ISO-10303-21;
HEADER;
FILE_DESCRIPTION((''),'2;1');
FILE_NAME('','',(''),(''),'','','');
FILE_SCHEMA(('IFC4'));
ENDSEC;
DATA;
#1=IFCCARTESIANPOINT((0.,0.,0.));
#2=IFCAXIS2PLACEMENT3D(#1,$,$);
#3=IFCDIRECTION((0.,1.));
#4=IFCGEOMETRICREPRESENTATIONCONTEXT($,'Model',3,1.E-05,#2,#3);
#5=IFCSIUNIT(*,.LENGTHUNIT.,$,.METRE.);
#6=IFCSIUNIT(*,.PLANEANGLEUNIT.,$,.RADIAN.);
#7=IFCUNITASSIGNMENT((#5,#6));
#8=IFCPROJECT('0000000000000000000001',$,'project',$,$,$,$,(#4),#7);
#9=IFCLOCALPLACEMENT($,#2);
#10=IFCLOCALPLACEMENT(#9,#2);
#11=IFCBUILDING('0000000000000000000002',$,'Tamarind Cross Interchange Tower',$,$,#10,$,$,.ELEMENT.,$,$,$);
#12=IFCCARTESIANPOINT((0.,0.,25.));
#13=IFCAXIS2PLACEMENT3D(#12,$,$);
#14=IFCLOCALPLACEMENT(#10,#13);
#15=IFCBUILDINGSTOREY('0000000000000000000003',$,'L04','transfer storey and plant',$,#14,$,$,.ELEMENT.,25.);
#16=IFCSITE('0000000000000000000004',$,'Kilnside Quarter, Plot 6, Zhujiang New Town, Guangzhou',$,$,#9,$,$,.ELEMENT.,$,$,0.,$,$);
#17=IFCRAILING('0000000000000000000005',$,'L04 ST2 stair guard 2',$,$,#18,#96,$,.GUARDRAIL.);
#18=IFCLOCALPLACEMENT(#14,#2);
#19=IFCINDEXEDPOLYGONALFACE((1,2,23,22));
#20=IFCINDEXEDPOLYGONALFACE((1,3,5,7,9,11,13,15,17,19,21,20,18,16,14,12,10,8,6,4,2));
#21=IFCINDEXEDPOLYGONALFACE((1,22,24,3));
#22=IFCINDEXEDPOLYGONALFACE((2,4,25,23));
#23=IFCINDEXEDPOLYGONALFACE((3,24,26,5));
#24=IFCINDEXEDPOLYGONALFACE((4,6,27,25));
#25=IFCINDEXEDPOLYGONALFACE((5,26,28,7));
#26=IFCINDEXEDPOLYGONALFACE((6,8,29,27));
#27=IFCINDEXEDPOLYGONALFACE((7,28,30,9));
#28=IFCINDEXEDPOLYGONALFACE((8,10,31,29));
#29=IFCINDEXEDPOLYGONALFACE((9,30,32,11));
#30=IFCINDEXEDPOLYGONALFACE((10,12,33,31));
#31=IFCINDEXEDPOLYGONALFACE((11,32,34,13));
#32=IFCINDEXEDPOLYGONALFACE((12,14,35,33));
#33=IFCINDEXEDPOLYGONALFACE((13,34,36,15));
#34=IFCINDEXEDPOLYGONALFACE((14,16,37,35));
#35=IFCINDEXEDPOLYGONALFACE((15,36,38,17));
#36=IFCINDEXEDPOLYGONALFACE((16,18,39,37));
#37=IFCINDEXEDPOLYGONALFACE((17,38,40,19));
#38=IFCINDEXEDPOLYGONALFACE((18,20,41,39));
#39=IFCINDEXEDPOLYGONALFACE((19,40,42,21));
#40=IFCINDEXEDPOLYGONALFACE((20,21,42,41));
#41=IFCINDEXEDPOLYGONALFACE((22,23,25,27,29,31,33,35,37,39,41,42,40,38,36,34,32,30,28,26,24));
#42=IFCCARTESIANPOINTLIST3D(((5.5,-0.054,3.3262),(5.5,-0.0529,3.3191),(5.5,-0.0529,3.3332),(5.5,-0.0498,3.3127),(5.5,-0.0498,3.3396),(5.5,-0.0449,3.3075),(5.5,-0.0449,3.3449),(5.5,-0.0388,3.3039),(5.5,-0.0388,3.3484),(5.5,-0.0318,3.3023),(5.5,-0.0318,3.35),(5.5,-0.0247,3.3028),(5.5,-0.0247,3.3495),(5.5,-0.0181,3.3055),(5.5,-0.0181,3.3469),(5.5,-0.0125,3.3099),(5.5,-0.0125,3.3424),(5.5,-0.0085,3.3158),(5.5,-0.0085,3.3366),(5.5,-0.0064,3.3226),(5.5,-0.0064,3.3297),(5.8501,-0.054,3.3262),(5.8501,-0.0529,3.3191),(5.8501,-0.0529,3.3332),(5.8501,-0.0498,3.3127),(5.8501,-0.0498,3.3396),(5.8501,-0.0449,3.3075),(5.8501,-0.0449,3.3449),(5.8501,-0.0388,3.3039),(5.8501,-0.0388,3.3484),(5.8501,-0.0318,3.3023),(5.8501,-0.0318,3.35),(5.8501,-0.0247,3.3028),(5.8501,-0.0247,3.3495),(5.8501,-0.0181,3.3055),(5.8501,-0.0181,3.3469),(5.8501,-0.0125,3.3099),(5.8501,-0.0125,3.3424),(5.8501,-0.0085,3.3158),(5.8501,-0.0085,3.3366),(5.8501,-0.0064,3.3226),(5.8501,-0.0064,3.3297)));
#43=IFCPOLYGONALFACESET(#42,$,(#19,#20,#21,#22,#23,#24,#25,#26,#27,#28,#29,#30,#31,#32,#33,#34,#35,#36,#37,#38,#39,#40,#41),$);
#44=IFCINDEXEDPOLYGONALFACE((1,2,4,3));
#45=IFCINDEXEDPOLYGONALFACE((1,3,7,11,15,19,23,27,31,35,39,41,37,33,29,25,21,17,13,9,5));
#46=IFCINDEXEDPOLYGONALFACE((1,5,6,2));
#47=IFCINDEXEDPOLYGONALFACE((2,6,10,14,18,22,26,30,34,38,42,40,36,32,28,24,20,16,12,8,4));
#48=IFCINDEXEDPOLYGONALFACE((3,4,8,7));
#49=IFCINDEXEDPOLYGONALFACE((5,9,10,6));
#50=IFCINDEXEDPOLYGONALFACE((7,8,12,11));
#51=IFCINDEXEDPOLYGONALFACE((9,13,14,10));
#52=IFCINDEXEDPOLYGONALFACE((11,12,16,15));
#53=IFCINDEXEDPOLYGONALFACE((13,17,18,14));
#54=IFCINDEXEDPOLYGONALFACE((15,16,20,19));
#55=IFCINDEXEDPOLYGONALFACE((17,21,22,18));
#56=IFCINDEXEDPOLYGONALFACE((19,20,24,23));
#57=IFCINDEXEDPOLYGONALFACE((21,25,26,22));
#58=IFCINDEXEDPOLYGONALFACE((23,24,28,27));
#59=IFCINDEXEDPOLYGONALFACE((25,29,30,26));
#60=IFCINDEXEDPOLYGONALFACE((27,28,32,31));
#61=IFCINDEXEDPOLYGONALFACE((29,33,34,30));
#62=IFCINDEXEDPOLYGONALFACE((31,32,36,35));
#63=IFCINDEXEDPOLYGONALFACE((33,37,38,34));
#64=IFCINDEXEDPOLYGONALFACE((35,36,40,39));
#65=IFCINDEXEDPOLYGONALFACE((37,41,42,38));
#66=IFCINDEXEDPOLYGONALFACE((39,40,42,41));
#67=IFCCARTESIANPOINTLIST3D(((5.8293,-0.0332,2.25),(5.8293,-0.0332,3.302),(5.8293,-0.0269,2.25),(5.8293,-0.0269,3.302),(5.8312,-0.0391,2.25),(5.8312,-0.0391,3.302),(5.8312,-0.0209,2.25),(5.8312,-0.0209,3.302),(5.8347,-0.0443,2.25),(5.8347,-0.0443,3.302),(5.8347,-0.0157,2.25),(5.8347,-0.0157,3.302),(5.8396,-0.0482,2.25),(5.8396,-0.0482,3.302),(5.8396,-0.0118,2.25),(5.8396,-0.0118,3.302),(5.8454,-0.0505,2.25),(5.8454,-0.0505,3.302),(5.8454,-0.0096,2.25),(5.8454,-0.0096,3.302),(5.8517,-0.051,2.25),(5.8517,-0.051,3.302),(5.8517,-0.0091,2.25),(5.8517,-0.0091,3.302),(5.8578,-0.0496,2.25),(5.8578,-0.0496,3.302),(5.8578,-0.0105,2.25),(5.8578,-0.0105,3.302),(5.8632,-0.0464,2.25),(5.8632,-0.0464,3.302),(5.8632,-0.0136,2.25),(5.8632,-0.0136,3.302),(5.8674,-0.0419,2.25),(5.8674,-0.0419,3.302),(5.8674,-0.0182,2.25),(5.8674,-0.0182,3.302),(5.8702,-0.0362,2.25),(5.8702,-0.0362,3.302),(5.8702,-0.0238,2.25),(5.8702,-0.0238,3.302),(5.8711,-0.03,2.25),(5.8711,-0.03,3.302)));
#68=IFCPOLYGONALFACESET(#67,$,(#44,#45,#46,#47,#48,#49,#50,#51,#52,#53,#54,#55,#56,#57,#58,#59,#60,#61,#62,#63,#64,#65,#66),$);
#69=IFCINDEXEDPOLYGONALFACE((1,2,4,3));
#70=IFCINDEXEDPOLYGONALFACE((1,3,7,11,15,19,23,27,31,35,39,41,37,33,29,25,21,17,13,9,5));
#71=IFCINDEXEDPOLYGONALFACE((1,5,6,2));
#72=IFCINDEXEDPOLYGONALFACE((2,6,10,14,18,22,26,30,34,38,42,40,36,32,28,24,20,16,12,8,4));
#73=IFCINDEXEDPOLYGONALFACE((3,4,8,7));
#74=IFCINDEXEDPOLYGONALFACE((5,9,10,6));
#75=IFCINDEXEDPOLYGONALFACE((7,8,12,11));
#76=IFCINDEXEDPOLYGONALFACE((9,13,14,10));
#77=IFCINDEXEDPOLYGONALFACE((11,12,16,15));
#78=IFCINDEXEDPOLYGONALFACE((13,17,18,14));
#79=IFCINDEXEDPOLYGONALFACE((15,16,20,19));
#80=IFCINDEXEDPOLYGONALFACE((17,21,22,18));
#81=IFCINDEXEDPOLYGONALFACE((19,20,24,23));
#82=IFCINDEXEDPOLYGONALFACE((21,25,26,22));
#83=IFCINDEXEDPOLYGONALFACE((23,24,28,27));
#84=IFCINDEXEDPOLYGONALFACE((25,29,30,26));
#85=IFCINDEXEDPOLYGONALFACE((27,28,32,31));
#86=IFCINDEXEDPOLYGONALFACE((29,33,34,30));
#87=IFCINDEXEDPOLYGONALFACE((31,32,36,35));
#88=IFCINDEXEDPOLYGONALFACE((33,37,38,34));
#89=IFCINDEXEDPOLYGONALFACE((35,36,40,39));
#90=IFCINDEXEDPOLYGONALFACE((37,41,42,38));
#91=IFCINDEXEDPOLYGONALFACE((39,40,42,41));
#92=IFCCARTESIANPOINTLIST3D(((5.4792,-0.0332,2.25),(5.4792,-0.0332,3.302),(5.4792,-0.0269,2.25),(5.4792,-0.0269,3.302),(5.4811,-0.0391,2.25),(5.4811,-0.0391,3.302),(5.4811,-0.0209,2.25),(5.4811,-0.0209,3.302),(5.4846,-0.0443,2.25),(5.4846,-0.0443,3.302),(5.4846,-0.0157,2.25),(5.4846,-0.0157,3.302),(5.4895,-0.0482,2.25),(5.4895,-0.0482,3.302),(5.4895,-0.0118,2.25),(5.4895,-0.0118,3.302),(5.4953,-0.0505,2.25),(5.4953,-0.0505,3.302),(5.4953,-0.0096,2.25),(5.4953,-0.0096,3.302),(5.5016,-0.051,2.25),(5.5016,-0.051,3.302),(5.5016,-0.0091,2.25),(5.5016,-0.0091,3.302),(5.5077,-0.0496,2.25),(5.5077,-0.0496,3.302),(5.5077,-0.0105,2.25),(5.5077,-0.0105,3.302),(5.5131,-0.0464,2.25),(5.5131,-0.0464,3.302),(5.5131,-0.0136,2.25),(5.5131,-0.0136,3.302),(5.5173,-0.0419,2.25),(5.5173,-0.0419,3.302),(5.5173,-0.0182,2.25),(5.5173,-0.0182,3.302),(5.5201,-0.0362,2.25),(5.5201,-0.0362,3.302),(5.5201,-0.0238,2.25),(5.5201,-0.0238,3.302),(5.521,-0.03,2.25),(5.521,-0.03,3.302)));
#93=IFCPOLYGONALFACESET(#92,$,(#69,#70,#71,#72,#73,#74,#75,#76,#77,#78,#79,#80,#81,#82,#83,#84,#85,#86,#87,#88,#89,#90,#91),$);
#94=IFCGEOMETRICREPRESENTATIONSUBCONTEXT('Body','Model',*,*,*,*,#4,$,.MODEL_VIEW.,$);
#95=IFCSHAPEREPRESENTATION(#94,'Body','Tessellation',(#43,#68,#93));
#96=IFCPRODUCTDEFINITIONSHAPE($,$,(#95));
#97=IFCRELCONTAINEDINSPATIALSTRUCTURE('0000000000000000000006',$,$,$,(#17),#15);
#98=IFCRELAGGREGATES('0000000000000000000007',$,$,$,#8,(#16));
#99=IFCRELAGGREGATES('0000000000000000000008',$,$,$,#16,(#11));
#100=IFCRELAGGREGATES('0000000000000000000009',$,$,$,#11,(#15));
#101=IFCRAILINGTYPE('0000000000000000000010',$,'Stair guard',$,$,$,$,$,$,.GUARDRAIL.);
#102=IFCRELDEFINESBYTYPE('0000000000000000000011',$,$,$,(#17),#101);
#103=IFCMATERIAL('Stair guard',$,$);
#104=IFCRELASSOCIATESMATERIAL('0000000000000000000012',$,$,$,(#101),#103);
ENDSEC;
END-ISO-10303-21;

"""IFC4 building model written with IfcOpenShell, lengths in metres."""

from ifc_helpers import new_model, si_unit, direction, frame, origin, origin_2d, place, context, subcontext, project, spatial, circle, extrude, material, type_object, element, save


model = new_model("IFC4")

# Units and contexts
model_context = context("Model", 3, precision=1e-05, world=origin(), true_north=direction((0.0, 1.0)))
body_context = subcontext(model_context, "Body", "Model", "MODEL_VIEW")
ifc_project = project(units=[si_unit("LENGTHUNIT", "METRE"), si_unit("PLANEANGLEUNIT", "RADIAN")], contexts=[model_context])

# Site, building, storey
site_placement = place(None, origin())
site = spatial("IfcSite", under=ifc_project, at=site_placement, Name="Kilnside Quarter, Plot 6, Zhujiang New Town, Guangzhou", CompositionType="ELEMENT", RefElevation=0.0)
building_placement = place(site_placement, origin())
building = spatial("IfcBuilding", under=site, at=building_placement, Name="Tamarind Cross Interchange Tower", CompositionType="ELEMENT")
storey_placement = place(building_placement, frame((0.0, 0.0, 25.0)))
storey = spatial("IfcBuildingStorey", under=building, at=storey_placement, Name="L04", Description="transfer storey and plant", CompositionType="ELEMENT", Elevation=25.0)

# Railing
ifc_material_1 = material(Name="Stair guard")
railing_type_1 = type_object("IfcRailingType", Name="Stair guard", PredefinedType="GUARDRAIL", material=ifc_material_1)
railing_1_placement = place(storey_placement, frame((5.8501, -0.03, 2.25)))
element("IfcRailing", 1, at=railing_1_placement, inside=storey, type_object=railing_type_1, Name="L04 ST2 stair guard 2", PredefinedType="GUARDRAIL", context=body_context, shape_type="SweptSolid", body=[
    extrude(circle(Radius=0.0239, at=origin_2d()), frame((0.0, 0.0, 1.0762), z_axis=(-1.0, 0.0, 0.0), x_axis=(0.0, -1.0, 0.0)), (0.0, 0.0, 1.0), 0.3501),
    extrude(circle(Radius=0.021, at=origin_2d()), origin(), (0.0, 0.0, 1.0), 1.052),
    extrude(circle(Radius=0.021, at=origin_2d()), frame((-0.3501, 0.0, 0.0)), (0.0, 0.0, 1.0), 1.052),
])

save(model, "model.ifc")
